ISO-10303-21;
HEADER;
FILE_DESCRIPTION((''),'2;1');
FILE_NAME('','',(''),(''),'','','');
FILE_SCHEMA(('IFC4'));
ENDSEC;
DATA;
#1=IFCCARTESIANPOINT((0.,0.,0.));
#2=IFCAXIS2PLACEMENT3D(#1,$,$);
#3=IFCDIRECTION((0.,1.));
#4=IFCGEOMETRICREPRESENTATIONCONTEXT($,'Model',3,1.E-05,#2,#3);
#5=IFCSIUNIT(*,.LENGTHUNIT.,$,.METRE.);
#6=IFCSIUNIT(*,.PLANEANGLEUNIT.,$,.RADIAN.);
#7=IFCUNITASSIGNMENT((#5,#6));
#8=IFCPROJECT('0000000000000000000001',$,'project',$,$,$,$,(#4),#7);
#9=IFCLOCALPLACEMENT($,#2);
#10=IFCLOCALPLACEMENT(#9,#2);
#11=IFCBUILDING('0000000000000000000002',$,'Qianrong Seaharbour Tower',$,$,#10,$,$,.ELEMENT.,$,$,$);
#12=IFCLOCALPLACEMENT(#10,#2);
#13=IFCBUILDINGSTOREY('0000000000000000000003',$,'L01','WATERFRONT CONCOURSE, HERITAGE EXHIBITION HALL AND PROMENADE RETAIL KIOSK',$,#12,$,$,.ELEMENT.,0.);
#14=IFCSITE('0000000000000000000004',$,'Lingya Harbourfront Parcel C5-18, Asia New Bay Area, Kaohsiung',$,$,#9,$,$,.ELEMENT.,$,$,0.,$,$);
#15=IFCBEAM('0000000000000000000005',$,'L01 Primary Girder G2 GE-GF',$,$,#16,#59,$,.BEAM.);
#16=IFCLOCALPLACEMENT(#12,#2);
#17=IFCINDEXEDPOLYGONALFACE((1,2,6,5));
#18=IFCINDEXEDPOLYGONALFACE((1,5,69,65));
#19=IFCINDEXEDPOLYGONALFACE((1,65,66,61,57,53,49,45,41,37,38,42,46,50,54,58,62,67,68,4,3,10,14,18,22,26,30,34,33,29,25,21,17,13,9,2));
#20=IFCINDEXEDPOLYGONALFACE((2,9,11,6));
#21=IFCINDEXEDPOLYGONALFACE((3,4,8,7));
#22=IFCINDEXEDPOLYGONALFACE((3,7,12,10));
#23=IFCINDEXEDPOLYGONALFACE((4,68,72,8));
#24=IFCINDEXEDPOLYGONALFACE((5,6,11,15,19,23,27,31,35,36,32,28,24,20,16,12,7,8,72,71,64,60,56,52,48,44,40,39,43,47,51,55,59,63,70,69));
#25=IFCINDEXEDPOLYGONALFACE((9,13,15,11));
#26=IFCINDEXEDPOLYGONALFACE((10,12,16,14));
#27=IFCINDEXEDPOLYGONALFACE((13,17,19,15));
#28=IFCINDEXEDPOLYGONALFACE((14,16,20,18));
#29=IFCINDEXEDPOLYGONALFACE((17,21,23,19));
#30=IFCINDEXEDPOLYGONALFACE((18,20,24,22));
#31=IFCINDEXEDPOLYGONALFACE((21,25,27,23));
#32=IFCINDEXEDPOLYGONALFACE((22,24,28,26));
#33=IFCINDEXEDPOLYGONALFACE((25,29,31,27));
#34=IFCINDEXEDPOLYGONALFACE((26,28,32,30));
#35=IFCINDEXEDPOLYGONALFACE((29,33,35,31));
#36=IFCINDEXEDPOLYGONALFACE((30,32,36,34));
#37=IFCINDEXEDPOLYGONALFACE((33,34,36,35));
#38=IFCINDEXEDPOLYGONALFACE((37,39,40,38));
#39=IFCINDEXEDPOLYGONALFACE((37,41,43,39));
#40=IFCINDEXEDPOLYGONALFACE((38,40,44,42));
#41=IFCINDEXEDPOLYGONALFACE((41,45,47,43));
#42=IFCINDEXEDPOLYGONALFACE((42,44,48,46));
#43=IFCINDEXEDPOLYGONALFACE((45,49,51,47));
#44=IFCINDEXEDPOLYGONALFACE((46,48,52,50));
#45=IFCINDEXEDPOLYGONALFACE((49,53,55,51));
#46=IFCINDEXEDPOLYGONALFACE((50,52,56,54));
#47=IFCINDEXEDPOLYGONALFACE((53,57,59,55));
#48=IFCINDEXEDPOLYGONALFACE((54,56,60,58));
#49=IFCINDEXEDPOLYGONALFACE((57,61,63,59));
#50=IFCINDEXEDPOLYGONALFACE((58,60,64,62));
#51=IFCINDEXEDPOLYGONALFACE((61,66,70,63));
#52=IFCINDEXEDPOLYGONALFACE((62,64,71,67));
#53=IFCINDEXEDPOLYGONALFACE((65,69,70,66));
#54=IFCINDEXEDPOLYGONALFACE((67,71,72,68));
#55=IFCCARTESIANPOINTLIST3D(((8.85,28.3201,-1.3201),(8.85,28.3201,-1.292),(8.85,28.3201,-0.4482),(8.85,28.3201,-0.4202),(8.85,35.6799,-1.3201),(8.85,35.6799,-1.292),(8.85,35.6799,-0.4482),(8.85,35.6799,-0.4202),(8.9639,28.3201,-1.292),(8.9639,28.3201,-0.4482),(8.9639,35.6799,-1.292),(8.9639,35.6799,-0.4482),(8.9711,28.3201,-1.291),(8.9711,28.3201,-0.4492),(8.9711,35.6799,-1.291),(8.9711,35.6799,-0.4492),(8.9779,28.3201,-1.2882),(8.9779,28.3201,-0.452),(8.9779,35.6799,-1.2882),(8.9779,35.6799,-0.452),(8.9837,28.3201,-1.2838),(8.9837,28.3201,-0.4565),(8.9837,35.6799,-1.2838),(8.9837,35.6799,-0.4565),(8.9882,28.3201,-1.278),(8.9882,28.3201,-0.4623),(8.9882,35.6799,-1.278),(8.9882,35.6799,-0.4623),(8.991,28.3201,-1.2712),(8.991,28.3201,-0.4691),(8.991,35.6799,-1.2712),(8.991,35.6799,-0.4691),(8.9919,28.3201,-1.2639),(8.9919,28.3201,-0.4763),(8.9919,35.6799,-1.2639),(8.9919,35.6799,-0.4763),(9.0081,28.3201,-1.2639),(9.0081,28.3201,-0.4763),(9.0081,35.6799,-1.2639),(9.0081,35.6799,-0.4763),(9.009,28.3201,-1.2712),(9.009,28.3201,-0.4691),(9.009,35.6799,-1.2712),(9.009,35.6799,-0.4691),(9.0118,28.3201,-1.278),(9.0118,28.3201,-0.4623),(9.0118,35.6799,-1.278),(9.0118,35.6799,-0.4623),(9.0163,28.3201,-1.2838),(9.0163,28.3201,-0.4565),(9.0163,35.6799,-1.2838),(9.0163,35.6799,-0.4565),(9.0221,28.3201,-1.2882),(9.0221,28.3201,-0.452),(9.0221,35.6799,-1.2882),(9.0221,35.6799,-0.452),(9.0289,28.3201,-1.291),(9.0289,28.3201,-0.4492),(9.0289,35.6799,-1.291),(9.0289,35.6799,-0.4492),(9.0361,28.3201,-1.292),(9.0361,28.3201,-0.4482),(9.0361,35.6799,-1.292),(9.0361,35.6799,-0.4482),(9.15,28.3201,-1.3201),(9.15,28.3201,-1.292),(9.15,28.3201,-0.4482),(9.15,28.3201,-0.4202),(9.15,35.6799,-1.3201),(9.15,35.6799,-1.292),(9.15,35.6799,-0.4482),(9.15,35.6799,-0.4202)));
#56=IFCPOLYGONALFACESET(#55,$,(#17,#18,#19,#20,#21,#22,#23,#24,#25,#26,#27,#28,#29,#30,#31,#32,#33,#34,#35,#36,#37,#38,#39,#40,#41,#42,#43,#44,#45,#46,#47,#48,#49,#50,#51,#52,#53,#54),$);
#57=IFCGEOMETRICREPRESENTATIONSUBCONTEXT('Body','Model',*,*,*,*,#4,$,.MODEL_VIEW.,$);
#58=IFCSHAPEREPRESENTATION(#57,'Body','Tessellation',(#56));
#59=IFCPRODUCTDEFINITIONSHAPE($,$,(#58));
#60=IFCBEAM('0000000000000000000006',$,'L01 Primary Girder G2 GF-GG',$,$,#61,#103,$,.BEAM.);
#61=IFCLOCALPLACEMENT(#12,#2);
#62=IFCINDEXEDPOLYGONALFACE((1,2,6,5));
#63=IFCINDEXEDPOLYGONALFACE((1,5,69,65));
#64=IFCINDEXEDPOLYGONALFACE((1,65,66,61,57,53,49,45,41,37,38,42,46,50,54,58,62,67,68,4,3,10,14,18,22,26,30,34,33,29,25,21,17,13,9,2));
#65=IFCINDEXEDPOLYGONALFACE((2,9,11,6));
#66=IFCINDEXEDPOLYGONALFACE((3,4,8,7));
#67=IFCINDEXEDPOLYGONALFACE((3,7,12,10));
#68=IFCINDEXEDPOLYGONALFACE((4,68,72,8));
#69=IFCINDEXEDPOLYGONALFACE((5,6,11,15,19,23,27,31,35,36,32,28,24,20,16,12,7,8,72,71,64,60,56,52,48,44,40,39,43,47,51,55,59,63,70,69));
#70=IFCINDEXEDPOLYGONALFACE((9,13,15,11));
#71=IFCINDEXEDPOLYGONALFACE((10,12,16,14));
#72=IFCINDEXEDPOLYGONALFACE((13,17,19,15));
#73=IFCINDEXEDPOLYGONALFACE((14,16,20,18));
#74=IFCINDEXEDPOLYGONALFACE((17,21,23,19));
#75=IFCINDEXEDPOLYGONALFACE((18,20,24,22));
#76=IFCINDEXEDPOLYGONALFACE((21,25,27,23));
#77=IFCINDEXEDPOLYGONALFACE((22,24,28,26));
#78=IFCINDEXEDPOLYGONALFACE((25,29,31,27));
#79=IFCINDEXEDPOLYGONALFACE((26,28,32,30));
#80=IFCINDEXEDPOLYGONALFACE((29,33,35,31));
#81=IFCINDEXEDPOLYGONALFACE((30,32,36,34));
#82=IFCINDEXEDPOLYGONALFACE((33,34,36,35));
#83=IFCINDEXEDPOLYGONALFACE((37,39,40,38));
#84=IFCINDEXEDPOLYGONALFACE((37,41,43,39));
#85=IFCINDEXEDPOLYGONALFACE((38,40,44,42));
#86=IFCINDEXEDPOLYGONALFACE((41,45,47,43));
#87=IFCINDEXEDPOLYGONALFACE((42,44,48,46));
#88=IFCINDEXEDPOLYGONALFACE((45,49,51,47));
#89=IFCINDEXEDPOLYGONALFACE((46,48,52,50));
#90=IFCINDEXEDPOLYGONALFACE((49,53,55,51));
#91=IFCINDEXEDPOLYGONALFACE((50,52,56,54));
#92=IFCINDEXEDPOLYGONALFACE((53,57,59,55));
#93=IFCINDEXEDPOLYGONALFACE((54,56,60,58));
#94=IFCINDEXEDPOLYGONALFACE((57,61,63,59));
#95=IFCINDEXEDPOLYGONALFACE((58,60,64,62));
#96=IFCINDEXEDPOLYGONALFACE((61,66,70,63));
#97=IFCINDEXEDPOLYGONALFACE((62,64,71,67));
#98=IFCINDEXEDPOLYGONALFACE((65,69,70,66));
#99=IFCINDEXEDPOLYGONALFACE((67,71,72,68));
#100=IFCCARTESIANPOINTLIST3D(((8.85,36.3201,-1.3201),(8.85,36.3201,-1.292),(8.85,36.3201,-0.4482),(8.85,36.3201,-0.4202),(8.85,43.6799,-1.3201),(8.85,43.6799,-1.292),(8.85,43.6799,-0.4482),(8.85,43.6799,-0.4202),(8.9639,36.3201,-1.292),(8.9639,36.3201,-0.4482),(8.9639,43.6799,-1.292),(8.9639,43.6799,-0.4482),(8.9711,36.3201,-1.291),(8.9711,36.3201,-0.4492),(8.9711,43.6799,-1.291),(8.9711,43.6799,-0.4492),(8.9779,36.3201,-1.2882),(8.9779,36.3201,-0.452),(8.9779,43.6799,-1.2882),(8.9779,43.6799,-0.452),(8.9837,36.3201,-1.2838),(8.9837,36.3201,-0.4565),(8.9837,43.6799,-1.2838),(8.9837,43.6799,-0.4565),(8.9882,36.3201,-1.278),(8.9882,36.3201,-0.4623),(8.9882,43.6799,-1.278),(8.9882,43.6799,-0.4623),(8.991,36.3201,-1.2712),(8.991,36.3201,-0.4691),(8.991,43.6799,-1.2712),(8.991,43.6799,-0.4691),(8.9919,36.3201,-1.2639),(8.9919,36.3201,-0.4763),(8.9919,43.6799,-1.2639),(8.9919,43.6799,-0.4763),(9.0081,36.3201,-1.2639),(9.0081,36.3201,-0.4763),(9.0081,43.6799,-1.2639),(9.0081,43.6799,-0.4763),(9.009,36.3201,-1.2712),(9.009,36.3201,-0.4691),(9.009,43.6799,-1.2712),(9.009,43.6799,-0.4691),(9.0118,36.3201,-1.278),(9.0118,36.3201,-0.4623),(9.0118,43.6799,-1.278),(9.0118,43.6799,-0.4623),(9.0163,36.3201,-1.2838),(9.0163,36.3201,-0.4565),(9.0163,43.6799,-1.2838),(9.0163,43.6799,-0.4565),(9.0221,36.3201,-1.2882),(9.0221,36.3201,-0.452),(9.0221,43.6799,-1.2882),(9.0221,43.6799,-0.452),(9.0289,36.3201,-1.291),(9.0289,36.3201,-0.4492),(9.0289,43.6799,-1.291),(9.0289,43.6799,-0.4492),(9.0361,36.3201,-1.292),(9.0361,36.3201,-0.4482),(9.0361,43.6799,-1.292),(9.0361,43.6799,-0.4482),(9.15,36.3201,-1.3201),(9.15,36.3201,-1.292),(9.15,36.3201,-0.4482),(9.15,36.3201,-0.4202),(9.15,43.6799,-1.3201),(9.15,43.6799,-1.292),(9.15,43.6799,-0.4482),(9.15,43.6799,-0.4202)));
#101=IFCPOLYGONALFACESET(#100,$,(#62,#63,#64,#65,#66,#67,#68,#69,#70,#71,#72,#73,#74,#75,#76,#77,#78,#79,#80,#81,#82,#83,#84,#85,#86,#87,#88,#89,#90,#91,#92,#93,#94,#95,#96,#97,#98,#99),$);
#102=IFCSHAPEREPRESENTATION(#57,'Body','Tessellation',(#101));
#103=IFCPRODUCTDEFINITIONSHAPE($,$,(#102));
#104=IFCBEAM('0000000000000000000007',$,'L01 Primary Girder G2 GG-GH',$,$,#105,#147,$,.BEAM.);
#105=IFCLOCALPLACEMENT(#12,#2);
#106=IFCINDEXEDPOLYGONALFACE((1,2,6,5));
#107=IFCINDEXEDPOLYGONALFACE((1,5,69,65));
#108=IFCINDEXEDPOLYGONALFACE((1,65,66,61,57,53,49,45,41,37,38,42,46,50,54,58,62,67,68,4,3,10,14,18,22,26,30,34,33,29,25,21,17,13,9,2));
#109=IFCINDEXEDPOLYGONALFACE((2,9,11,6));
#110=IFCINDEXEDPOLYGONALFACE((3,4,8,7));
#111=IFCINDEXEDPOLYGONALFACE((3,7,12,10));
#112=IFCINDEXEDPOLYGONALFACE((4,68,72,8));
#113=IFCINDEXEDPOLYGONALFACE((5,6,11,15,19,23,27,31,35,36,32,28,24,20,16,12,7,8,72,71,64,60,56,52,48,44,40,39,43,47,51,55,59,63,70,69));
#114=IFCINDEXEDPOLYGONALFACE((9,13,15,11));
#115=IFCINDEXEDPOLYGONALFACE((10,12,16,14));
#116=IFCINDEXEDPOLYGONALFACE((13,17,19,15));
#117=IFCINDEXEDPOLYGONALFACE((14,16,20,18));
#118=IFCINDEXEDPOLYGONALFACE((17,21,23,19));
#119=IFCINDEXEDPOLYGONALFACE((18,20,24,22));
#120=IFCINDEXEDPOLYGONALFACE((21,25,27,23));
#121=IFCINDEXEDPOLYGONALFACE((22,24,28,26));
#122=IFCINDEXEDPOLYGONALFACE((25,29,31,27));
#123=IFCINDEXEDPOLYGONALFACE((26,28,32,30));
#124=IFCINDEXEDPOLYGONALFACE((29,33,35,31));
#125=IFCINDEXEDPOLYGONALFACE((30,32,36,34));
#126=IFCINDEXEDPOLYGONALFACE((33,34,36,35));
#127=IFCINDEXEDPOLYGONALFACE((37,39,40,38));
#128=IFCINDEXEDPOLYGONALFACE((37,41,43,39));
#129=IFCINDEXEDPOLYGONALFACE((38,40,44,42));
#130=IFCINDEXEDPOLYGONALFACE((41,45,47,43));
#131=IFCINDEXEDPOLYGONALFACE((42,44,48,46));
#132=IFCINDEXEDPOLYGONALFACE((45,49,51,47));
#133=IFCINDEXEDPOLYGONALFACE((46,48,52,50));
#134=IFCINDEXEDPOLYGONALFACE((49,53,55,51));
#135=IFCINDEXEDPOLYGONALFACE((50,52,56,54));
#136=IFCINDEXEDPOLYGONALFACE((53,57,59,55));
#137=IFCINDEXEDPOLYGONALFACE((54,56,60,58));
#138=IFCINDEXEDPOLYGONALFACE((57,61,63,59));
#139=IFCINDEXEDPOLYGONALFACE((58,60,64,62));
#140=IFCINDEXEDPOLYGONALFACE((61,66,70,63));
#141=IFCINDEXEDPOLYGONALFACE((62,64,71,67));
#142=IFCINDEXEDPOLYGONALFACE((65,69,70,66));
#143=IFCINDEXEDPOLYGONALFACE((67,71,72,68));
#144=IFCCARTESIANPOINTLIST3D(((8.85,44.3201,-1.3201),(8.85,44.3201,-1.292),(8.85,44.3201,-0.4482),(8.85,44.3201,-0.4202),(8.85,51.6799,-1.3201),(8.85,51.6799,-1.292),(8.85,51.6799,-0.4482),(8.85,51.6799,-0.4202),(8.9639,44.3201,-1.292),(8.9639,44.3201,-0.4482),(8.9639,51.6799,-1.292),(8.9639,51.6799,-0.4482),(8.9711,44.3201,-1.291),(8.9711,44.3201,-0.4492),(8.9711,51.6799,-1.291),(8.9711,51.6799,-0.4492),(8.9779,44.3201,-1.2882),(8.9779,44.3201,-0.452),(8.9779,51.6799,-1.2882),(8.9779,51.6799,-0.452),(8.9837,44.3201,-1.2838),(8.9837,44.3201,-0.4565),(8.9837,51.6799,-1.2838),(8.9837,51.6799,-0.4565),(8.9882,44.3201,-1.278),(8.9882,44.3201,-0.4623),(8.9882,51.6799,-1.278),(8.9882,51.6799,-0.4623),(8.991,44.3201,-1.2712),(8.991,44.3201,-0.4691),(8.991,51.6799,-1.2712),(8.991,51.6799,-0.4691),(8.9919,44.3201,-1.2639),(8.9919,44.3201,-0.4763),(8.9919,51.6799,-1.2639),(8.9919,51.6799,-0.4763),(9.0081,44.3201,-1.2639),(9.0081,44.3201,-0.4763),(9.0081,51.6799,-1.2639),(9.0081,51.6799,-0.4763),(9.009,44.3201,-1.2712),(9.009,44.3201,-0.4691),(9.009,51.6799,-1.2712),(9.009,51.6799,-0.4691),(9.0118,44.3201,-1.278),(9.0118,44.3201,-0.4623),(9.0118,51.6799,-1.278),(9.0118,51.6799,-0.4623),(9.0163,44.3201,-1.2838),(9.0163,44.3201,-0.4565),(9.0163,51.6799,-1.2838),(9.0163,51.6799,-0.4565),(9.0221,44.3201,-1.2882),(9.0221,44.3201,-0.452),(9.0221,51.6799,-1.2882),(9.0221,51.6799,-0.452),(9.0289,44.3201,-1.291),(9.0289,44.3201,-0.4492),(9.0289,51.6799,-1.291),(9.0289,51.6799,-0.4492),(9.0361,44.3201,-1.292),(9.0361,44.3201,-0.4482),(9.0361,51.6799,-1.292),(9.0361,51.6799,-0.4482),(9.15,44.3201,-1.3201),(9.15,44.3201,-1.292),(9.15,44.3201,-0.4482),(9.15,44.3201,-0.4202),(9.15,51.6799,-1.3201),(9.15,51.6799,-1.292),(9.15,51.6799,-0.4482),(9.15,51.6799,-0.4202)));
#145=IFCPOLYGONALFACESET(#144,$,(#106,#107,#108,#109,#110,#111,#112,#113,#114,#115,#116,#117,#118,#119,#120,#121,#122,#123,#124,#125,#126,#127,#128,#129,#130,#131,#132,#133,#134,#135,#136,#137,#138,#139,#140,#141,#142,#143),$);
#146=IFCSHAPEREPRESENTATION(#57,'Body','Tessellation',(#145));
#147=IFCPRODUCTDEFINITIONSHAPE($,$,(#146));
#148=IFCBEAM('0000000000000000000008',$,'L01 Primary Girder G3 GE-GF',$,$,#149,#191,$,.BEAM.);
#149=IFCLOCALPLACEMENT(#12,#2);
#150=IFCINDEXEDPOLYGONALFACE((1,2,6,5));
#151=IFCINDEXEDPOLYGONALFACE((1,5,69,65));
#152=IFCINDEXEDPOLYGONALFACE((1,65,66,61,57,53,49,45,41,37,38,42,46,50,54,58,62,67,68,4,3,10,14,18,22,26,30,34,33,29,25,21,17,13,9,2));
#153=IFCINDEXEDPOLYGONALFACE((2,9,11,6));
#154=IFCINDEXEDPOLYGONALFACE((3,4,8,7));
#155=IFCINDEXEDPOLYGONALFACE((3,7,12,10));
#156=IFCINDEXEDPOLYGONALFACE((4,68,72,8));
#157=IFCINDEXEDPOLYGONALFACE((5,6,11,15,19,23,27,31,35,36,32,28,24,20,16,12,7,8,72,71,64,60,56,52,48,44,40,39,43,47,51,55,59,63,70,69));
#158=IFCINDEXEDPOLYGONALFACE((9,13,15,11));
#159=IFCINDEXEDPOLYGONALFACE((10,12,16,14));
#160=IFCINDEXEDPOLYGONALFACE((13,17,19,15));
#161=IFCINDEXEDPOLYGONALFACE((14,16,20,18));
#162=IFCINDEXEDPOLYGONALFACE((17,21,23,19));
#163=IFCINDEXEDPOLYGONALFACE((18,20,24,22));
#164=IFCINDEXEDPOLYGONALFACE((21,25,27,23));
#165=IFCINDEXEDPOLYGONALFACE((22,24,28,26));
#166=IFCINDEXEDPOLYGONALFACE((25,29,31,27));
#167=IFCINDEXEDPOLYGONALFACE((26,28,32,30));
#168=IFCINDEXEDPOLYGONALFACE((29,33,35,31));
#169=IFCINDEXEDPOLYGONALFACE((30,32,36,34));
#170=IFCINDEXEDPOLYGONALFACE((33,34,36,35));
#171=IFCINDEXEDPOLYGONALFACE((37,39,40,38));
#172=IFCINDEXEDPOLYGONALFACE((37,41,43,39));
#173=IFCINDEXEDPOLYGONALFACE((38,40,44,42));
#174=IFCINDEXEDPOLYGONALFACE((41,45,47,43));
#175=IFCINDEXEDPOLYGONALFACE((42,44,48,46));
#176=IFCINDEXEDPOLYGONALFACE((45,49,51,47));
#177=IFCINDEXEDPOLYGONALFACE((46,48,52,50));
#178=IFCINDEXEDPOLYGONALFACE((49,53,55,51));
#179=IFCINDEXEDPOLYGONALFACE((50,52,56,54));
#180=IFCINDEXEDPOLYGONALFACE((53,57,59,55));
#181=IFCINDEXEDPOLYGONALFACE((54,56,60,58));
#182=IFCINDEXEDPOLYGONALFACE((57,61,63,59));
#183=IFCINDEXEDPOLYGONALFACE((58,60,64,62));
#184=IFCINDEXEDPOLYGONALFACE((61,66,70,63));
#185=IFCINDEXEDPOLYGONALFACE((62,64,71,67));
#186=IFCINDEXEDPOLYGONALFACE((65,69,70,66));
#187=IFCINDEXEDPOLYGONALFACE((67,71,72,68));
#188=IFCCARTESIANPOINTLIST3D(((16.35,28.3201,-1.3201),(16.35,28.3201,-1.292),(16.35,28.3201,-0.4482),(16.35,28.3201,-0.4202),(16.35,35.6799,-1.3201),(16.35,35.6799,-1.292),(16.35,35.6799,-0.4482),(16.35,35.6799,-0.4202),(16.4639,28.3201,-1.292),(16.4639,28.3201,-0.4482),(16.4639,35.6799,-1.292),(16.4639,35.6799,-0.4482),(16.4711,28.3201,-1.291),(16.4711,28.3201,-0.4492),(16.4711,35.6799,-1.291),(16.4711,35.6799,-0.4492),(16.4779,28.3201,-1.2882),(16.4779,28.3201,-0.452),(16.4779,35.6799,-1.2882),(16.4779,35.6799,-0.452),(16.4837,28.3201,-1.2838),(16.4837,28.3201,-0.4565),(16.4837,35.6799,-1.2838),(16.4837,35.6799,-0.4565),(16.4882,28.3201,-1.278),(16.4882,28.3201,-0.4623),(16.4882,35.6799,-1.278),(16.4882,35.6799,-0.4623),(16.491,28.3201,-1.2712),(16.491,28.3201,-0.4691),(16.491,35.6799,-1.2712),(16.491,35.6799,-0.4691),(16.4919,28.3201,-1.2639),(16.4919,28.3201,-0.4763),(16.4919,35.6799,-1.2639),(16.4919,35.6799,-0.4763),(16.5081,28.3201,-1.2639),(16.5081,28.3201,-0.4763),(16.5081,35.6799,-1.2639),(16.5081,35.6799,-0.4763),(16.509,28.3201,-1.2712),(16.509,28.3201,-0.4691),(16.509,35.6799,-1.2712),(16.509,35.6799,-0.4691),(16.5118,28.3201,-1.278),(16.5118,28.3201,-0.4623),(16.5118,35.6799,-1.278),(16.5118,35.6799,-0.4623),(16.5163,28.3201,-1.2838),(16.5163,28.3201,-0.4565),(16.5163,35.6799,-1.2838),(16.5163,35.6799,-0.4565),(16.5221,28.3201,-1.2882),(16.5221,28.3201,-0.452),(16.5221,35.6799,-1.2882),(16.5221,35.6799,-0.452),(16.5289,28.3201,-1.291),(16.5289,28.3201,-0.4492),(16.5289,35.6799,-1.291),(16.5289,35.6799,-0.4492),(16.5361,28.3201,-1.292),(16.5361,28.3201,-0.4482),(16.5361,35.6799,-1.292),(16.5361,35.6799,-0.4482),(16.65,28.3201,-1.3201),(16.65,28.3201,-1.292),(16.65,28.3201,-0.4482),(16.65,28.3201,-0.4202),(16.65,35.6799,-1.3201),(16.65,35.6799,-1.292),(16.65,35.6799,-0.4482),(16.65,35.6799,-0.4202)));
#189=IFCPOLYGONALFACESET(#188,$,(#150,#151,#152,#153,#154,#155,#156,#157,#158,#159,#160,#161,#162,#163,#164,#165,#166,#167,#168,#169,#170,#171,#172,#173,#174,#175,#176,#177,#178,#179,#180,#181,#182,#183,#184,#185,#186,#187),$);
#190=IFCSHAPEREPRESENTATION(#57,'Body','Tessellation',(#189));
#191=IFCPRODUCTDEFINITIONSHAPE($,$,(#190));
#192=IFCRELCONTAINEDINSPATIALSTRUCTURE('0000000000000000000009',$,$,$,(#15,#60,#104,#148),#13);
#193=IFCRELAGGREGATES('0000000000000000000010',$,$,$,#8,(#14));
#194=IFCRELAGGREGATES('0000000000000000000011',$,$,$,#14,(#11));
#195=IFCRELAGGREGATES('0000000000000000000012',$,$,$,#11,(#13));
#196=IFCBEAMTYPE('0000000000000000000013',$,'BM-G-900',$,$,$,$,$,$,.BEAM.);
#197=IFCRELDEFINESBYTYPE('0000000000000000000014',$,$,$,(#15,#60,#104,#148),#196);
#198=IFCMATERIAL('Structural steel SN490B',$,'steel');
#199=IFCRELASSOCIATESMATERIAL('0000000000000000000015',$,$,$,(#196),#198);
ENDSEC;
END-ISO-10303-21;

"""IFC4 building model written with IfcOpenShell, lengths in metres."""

from ifc_helpers import new_model, si_unit, direction, frame, origin, origin_2d, place, context, subcontext, project, spatial, i_section, extrude, material, material_profile, profile_set, type_object, element, save


model = new_model("IFC4")

# Units and contexts
model_context = context("Model", 3, precision=1e-05, world=origin(), true_north=direction((0.0, 1.0)))
body_context = subcontext(model_context, "Body", "Model", "MODEL_VIEW")
ifc_project = project(units=[si_unit("LENGTHUNIT", "METRE"), si_unit("PLANEANGLEUNIT", "RADIAN")], contexts=[model_context])

# Site, building, storey
site_placement = place(None, origin())
site = spatial("IfcSite", under=ifc_project, at=site_placement, Name="Lingya Harbourfront Parcel C5-18, Asia New Bay Area, Kaohsiung", CompositionType="ELEMENT", RefElevation=0.0)
building_placement = place(site_placement, origin())
building = spatial("IfcBuilding", under=site, at=building_placement, Name="Qianrong Seaharbour Tower", CompositionType="ELEMENT")
storey_placement = place(building_placement, origin())
storey = spatial("IfcBuildingStorey", under=building, at=storey_placement, Name="L01", Description="WATERFRONT CONCOURSE, HERITAGE EXHIBITION HALL AND PROMENADE RETAIL KIOSK", CompositionType="ELEMENT", Elevation=0.0)

# Shared definitions
ifc_material_1 = material(Name="Structural steel SN490B", Category="steel")

# Beams
ifc_material_profile_1 = material_profile(ifc_material_1, i_section(OverallWidth=0.3, OverallDepth=0.8999, WebThickness=0.0161, FlangeThickness=0.0281, FilletRadius=0.0281, at=origin_2d()), Name="H900x300x16x28")
ifc_profile_set_1 = profile_set([ifc_material_profile_1], Name="Structural steel SN490B")
beam_type_1 = type_object("IfcBeamType", Name="BM-G-900", PredefinedType="BEAM", material=ifc_profile_set_1)
for number, where, z_axis, x_axis, name in (
    (1, (9.0, 28.3201, -0.8701), (0.0, 1.0, 0.0), (-1.0, 0.0, 0.0), "L01 Primary Girder G2 GE-GF"),
    (2, (9.0, 36.3201, -0.8701), (0.0, 1.0, 0.0), (-1.0, 0.0, 0.0), "L01 Primary Girder G2 GF-GG"),
    (3, (9.0, 44.3201, -0.8701), (0.0, 1.0, 0.0), (-1.0, 0.0, 0.0), "L01 Primary Girder G2 GG-GH"),
    (4, (16.5, 28.3201, -0.8701), (0.0, 1.0, 0.0), (-1.0, 0.0, 0.0), "L01 Primary Girder G3 GE-GF"),
):
    element("IfcBeam", number, at=place(storey_placement, frame(where, z_axis=z_axis, x_axis=x_axis)), inside=storey, type_object=beam_type_1, Name=name, PredefinedType="BEAM", context=body_context, shape_type="SweptSolid", body=[
        extrude(i_section(OverallWidth=0.3, OverallDepth=0.8999, WebThickness=0.0161, FlangeThickness=0.0281, FilletRadius=0.0281, at=origin_2d()), origin(), (0.0, 0.0, 1.0), 7.3599),
    ])

save(model, "model.ifc")
